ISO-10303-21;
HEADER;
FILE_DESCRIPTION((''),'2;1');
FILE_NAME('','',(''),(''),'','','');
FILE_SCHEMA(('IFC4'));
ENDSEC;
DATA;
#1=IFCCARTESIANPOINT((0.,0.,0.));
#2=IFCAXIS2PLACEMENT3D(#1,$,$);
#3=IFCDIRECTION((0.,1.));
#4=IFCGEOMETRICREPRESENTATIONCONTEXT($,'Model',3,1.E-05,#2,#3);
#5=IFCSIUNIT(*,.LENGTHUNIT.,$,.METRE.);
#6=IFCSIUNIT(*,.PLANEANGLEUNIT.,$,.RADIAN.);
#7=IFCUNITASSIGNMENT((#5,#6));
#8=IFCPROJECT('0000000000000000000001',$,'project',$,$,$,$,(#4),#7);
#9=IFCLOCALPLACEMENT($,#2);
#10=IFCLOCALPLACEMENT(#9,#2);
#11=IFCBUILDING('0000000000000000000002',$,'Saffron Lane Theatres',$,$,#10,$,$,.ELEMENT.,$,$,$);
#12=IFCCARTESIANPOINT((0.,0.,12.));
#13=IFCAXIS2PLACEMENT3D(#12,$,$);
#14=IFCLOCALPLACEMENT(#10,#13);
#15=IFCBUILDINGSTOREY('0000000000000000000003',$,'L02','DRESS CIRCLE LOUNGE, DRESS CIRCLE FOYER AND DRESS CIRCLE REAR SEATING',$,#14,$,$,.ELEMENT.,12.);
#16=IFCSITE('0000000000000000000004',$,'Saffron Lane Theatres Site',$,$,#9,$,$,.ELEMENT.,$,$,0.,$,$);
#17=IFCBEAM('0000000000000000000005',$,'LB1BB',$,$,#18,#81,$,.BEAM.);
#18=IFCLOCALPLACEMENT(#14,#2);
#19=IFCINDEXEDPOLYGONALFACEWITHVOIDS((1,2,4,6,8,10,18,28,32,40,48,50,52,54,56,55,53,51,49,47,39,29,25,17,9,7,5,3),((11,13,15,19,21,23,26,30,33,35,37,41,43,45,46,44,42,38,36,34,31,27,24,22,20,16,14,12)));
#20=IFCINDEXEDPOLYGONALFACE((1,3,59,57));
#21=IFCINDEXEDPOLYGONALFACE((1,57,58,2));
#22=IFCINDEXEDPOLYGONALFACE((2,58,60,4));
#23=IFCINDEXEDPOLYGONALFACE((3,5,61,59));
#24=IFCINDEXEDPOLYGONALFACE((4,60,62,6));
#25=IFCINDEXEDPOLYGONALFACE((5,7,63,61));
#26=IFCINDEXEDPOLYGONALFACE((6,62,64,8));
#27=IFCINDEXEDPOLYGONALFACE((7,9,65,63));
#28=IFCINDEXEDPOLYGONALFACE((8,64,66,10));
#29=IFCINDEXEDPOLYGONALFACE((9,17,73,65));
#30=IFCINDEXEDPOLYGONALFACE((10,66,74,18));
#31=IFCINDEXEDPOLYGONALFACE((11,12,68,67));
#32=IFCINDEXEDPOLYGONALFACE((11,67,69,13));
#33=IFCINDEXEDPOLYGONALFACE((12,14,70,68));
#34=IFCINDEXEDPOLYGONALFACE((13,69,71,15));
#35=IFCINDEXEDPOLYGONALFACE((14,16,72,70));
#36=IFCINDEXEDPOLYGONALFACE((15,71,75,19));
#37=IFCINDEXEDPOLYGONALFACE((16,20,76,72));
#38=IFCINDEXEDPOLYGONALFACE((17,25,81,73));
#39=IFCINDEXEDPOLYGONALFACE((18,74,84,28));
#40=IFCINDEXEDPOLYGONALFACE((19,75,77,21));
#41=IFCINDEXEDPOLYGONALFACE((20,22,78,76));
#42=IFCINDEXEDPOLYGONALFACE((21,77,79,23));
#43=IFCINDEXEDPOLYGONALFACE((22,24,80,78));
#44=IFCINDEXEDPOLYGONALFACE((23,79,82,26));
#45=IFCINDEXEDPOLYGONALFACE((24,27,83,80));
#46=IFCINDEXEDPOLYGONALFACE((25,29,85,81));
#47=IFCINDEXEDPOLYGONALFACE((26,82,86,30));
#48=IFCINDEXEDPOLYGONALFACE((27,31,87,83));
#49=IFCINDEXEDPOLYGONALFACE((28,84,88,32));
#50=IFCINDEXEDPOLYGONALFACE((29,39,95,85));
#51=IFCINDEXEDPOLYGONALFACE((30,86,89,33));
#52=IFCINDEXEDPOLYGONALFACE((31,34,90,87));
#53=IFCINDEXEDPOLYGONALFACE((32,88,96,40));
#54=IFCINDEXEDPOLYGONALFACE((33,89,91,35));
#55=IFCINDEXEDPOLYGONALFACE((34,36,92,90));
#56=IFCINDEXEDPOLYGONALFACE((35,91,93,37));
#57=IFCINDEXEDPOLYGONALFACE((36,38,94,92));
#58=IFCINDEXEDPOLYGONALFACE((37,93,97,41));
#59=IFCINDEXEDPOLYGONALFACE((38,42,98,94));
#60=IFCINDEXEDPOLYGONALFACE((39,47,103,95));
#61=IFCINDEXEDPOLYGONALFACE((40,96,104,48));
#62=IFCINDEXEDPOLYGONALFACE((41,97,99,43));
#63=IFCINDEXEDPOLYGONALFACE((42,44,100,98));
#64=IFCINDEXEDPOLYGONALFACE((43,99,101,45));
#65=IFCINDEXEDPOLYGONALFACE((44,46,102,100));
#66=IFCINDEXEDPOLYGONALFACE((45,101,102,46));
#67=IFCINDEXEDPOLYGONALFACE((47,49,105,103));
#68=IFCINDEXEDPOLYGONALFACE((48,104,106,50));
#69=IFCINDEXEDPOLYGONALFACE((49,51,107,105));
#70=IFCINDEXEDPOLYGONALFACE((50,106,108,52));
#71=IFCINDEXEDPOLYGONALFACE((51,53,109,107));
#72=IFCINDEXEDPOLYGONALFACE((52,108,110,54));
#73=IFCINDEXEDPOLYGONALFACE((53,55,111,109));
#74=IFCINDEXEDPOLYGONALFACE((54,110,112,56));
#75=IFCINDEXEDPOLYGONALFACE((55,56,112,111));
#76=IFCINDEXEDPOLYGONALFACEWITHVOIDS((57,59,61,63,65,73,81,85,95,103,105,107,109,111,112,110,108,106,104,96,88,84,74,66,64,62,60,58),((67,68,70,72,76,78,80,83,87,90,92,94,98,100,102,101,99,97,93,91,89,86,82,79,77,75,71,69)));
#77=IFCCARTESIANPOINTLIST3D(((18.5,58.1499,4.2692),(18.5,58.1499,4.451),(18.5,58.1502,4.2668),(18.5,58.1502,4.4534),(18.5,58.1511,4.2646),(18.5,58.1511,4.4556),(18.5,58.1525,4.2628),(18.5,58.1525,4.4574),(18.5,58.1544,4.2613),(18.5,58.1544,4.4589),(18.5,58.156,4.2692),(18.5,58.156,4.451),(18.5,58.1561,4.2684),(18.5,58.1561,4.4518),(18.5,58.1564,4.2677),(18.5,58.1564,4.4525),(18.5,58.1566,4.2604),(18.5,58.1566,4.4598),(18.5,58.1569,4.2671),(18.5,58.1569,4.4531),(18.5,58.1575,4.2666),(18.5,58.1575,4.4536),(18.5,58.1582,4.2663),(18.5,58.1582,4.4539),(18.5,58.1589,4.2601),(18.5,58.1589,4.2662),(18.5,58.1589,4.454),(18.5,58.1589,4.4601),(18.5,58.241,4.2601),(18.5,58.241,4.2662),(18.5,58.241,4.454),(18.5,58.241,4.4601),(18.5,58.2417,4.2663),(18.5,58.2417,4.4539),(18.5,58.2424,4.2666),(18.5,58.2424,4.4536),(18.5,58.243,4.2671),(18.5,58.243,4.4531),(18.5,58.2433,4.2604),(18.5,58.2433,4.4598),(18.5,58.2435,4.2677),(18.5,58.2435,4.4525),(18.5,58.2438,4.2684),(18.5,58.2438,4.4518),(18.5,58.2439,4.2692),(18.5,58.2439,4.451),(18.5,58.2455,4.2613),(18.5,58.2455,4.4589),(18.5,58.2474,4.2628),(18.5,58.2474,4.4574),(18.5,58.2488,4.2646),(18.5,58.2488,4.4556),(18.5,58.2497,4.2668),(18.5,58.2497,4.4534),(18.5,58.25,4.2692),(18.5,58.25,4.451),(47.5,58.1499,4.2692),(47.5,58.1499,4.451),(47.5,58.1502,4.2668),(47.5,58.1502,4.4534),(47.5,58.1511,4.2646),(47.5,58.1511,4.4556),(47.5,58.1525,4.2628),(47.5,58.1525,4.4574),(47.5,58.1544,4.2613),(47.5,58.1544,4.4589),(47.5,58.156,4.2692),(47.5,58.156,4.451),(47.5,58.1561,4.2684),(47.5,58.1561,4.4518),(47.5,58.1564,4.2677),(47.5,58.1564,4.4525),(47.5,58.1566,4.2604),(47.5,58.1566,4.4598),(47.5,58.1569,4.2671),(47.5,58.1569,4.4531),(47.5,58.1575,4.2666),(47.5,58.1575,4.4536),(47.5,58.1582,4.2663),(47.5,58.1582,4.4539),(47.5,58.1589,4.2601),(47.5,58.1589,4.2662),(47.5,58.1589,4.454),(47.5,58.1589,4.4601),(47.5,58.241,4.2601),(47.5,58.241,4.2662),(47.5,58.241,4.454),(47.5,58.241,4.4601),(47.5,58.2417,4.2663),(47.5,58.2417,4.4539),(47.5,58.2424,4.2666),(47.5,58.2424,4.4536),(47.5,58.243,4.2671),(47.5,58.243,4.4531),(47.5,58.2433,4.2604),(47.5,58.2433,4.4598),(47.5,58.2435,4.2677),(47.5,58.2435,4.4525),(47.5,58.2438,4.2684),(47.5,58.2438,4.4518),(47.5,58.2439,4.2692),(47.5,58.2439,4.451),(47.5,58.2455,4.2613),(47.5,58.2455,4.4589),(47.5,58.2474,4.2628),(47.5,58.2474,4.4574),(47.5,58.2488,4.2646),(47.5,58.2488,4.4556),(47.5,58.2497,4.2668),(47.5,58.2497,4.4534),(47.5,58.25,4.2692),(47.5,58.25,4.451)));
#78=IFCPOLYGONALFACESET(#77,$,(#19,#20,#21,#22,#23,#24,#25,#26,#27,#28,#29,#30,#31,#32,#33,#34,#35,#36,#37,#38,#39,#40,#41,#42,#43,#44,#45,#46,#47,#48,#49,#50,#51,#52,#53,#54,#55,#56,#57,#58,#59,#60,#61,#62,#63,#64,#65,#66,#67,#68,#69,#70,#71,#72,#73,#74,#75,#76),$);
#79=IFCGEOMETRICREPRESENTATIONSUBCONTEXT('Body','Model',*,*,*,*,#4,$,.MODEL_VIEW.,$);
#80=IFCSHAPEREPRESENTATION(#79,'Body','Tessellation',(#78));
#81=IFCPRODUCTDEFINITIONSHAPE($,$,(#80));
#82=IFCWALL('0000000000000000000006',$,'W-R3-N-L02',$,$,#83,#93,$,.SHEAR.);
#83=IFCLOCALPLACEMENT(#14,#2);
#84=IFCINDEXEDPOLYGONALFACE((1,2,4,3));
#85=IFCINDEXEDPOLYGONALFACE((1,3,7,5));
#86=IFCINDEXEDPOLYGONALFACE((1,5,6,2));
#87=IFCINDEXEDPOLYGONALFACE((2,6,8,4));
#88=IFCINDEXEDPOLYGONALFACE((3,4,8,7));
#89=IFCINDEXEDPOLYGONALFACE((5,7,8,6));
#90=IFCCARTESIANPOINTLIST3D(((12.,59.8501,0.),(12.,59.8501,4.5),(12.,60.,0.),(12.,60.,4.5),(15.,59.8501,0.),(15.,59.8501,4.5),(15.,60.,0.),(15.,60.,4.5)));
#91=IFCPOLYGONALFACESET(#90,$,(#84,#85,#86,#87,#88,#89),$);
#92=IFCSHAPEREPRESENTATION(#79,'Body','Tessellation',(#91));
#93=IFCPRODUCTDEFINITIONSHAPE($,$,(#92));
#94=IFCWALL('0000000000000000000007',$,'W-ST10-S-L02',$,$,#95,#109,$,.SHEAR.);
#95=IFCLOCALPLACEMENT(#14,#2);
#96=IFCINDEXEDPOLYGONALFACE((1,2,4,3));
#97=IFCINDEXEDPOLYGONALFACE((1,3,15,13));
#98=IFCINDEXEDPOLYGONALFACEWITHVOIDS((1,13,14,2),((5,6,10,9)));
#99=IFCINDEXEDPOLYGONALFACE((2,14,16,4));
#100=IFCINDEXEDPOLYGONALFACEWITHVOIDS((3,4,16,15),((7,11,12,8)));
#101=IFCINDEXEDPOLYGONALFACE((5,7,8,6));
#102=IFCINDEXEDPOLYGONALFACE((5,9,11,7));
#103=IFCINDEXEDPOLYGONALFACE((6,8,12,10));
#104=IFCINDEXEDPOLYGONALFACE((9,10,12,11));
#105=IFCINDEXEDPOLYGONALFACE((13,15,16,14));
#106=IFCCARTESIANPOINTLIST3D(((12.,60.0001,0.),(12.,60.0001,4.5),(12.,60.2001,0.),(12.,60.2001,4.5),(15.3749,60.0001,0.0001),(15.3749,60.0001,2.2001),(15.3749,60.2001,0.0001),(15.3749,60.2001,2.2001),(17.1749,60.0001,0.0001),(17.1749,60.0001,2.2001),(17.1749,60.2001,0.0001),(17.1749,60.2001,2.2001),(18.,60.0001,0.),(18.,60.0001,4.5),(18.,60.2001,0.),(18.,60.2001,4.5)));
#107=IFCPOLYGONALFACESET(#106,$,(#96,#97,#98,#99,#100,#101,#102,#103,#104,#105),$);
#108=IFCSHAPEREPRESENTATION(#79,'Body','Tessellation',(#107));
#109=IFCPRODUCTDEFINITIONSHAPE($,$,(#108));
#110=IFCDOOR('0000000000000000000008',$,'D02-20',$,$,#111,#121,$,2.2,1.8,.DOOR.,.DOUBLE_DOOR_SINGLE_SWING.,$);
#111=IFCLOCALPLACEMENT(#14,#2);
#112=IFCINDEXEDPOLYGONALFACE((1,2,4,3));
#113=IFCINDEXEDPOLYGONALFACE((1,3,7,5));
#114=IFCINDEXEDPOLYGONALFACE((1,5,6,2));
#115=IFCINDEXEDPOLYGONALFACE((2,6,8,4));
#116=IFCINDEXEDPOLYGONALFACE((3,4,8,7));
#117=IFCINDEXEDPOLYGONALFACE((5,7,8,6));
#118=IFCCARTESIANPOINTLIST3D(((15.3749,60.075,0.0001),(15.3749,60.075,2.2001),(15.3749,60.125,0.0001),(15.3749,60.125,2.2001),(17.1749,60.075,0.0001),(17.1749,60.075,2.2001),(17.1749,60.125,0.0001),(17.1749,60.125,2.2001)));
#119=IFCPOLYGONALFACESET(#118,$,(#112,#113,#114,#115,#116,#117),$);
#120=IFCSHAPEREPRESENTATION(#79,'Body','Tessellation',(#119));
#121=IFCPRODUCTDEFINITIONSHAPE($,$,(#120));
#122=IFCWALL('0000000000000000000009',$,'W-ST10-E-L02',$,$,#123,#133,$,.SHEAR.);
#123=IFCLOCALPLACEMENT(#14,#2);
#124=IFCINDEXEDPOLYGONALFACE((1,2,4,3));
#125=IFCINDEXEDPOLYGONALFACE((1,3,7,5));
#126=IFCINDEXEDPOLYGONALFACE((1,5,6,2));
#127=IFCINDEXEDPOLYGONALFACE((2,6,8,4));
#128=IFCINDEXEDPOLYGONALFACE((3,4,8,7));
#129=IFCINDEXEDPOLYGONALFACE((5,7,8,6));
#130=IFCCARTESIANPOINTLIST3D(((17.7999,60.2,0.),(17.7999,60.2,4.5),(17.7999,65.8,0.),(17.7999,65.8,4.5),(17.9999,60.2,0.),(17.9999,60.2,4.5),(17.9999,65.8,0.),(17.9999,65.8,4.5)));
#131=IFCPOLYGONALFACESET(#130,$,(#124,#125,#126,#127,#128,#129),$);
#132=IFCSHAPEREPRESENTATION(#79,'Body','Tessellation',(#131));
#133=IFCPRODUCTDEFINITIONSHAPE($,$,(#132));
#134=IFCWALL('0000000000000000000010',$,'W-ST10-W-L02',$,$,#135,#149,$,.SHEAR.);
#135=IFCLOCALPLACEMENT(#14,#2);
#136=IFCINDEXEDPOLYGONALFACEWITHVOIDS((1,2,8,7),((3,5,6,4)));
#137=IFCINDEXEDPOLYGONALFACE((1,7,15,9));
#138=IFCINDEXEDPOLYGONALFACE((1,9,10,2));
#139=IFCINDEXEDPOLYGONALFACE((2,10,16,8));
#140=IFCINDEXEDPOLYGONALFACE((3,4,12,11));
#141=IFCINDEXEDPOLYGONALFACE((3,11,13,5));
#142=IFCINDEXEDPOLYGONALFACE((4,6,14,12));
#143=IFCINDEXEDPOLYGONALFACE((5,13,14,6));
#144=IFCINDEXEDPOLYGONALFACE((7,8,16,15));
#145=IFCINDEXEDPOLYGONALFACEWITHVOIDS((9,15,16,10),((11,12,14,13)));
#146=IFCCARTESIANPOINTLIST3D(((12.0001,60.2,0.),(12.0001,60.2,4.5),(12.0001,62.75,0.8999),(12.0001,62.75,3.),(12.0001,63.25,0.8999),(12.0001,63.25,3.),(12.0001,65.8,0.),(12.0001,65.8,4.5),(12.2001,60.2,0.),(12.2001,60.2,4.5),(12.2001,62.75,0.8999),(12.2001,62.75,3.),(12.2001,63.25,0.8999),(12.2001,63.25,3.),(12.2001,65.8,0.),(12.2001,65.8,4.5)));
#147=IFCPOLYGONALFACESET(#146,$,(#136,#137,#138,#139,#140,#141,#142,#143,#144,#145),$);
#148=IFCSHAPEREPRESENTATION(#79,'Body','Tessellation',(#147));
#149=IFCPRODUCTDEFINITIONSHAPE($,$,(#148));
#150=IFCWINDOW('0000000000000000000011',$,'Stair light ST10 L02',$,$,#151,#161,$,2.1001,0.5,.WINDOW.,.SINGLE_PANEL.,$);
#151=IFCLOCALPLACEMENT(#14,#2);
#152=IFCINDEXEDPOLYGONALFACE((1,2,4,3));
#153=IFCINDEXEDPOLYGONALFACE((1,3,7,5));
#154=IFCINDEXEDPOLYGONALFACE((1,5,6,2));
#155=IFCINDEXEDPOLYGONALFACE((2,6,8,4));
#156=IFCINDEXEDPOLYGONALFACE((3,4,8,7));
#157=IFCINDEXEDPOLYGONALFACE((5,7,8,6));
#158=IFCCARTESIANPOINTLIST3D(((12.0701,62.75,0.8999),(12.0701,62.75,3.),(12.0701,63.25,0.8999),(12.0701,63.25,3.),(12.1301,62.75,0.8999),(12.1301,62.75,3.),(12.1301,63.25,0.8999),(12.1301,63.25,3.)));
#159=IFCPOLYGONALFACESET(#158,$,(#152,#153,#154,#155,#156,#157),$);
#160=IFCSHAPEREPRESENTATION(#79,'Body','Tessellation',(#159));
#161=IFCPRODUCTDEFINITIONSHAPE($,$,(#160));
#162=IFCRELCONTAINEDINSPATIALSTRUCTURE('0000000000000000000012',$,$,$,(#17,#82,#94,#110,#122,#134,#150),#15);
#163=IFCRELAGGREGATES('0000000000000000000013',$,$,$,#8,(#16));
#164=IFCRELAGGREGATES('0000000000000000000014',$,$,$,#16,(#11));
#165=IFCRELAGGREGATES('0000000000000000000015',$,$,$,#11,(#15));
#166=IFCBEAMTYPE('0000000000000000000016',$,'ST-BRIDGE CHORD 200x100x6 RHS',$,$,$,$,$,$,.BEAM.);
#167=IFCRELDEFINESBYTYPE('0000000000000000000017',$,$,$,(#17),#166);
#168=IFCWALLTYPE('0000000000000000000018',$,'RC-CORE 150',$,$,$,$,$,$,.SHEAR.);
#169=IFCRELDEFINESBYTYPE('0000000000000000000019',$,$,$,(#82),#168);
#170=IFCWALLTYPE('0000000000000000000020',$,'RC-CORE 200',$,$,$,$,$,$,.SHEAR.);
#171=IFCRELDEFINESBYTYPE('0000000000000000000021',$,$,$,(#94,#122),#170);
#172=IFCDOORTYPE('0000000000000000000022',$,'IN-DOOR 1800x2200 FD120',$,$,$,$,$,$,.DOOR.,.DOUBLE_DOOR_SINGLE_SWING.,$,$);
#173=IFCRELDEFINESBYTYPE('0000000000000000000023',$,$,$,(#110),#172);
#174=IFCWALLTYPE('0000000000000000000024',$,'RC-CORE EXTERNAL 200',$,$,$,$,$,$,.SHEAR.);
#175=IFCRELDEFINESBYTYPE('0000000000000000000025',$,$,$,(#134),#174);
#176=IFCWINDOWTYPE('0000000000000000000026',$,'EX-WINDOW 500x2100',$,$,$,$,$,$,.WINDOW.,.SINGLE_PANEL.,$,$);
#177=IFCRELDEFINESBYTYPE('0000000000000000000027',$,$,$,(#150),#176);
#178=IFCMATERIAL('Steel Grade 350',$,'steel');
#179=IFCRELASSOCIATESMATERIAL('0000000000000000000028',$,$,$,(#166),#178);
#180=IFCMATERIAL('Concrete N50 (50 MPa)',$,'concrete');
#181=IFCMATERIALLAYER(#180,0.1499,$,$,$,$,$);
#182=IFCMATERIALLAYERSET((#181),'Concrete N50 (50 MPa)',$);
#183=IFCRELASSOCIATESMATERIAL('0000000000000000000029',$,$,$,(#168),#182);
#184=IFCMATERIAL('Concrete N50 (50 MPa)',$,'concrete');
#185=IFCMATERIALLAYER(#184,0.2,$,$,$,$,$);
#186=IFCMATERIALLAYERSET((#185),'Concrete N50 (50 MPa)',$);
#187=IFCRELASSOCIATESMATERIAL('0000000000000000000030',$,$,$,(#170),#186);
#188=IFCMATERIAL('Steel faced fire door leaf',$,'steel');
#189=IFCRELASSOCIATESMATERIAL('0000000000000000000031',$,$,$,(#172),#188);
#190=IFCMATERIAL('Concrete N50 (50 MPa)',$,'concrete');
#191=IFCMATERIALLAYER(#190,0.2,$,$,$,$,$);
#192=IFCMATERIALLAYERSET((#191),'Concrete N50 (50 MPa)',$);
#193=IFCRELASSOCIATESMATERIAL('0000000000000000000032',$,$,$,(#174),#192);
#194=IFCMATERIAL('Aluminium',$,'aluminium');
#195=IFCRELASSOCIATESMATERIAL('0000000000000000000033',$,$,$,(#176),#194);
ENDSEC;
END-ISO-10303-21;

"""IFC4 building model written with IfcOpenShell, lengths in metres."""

from ifc_helpers import new_model, si_unit, direction, frame, frame_2d, origin, origin_2d, place, context, subcontext, project, spatial, rectangle, hollow_rectangle, extrude, material, layer, layer_set, material_profile, profile_set, type_object, element, fill, save


model = new_model("IFC4")

# Units and contexts
model_context = context("Model", 3, precision=1e-05, world=origin(), true_north=direction((0.0, 1.0)))
body_context = subcontext(model_context, "Body", "Model", "MODEL_VIEW")
ifc_project = project(units=[si_unit("LENGTHUNIT", "METRE"), si_unit("PLANEANGLEUNIT", "RADIAN")], contexts=[model_context])

# Site, building, storey
site_placement = place(None, origin())
site = spatial("IfcSite", under=ifc_project, at=site_placement, Name="Saffron Lane Theatres Site", CompositionType="ELEMENT", RefElevation=0.0)
building_placement = place(site_placement, origin())
building = spatial("IfcBuilding", under=site, at=building_placement, Name="Saffron Lane Theatres", CompositionType="ELEMENT")
storey_placement = place(building_placement, frame((0.0, 0.0, 12.0)))
storey = spatial("IfcBuildingStorey", under=building, at=storey_placement, Name="L02", Description="DRESS CIRCLE LOUNGE, DRESS CIRCLE FOYER AND DRESS CIRCLE REAR SEATING", CompositionType="ELEMENT", Elevation=12.0)

# Beam
ifc_material_1 = material(Name="Steel Grade 350", Category="steel")
ifc_material_profile_1 = material_profile(ifc_material_1, hollow_rectangle(XDim=0.1001, YDim=0.2, WallThickness=0.0061, InnerFilletRadius=0.0029, OuterFilletRadius=0.009, at=origin_2d()))
ifc_profile_set_1 = profile_set([ifc_material_profile_1], Name="Steel Grade 350")
beam_type = type_object("IfcBeamType", Name="ST-BRIDGE CHORD 200x100x6 RHS", PredefinedType="BEAM", material=ifc_profile_set_1)
beam_placement = place(storey_placement, frame((18.5, 58.2, 4.3601), z_axis=(1.0, 0.0, 0.0), x_axis=(0.0, 1.0, 0.0)))
element("IfcBeam", 1, at=beam_placement, inside=storey, type_object=beam_type, Name="LB1BB", PredefinedType="BEAM", context=body_context, shape_type="SweptSolid", body=[
    extrude(hollow_rectangle(XDim=0.1001, YDim=0.2, WallThickness=0.0061, InnerFilletRadius=0.0029, OuterFilletRadius=0.009, at=origin_2d()), origin(), (0.0, 0.0, 1.0), 29.0),
])

# Wall
ifc_material_2 = material(Name="Concrete N50 (50 MPa)", Category="concrete")
ifc_layer_1 = layer(ifc_material_2, 0.1499)
ifc_layer_set_1 = layer_set([ifc_layer_1], Name="Concrete N50 (50 MPa)")
wall_type_1 = type_object("IfcWallType", Name="RC-CORE 150", PredefinedType="SHEAR", material=ifc_layer_set_1)
wall_1_placement = place(storey_placement, frame((12.0, 59.925, 0.0), z_axis=(0.0, 0.0, 1.0), x_axis=(1.0, 0.0, 0.0)))
element("IfcWall", 2, at=wall_1_placement, inside=storey, type_object=wall_type_1, Name="W-R3-N-L02", PredefinedType="SHEAR", context=body_context, shape_type="SweptSolid", body=[
    extrude(rectangle(XDim=3.0, YDim=0.1499, at=frame_2d((1.5, 0.0))), origin(), (0.0, 0.0, 1.0), 4.5),
])

# Wall, opening, door
ifc_material_3 = material(Name="Concrete N50 (50 MPa)", Category="concrete")
ifc_layer_2 = layer(ifc_material_3, 0.2)
ifc_layer_set_2 = layer_set([ifc_layer_2], Name="Concrete N50 (50 MPa)")
wall_type_2 = type_object("IfcWallType", Name="RC-CORE 200", PredefinedType="SHEAR", material=ifc_layer_set_2)
wall_2_placement = place(storey_placement, frame((12.0, 60.1001, 0.0), z_axis=(0.0, 0.0, 1.0), x_axis=(1.0, 0.0, 0.0)))
wall_2 = element("IfcWall", 3, at=wall_2_placement, inside=storey, type_object=wall_type_2, Name="W-ST10-S-L02", PredefinedType="SHEAR", context=body_context, shape_type="SweptSolid", body=[
    extrude(rectangle(XDim=6.0, YDim=0.2, at=frame_2d((3.0, 0.0))), origin(), (0.0, 0.0, 1.0), 4.5),
])
opening_1_placement = place(wall_2_placement, frame((3.375, 0.0, 0.0)))
opening_1 = element("IfcOpeningElement", 4, at=opening_1_placement, cuts=wall_2, PredefinedType="OPENING", context=body_context, shape_type="SweptSolid", body=[
    extrude(rectangle(XDim=1.8, YDim=2.2, at=frame_2d((0.8999, 1.1001))), frame((0.0, 0.1099, 0.0), z_axis=(0.0, -1.0, 0.0), x_axis=(1.0, 0.0, 0.0)), (0.0, 0.0, 1.0), 0.22),
])
ifc_material_4 = material(Name="Steel faced fire door leaf", Category="steel")
door_type = type_object("IfcDoorType", Name="IN-DOOR 1800x2200 FD120", OperationType="DOUBLE_DOOR_SINGLE_SWING", PredefinedType="DOOR", material=ifc_material_4)
door_placement = place(opening_1_placement, origin())
door = element("IfcDoor", 5, at=door_placement, inside=storey, type_object=door_type, Name="D02-20", OperationType="DOUBLE_DOOR_SINGLE_SWING", OverallHeight=2.2, OverallWidth=1.8, PredefinedType="DOOR", context=body_context, shape_type="SweptSolid", body=[
    extrude(rectangle(XDim=1.8, YDim=2.2, at=frame_2d((0.8999, 1.1001))), frame((0.0, 0.0249, 0.0), z_axis=(0.0, -1.0, 0.0), x_axis=(1.0, 0.0, 0.0)), (0.0, 0.0, 1.0), 0.05),
])
fill(opening_1, door)

# Wall
wall_3_placement = place(storey_placement, frame((17.8999, 60.2, 0.0), z_axis=(0.0, 0.0, 1.0), x_axis=(0.0, 1.0, 0.0)))
element("IfcWall", 6, at=wall_3_placement, inside=storey, type_object=wall_type_2, Name="W-ST10-E-L02", PredefinedType="SHEAR", context=body_context, shape_type="SweptSolid", body=[
    extrude(rectangle(XDim=5.6001, YDim=0.2, at=frame_2d((2.8, 0.0))), origin(), (0.0, 0.0, 1.0), 4.5),
])

# Wall, opening, window
ifc_material_5 = material(Name="Concrete N50 (50 MPa)", Category="concrete")
ifc_layer_3 = layer(ifc_material_5, 0.2)
ifc_layer_set_3 = layer_set([ifc_layer_3], Name="Concrete N50 (50 MPa)")
wall_type_3 = type_object("IfcWallType", Name="RC-CORE EXTERNAL 200", PredefinedType="SHEAR", material=ifc_layer_set_3)
wall_4_placement = place(storey_placement, frame((12.1001, 60.2, 0.0), z_axis=(0.0, 0.0, 1.0), x_axis=(0.0, 1.0, 0.0)))
wall_4 = element("IfcWall", 7, at=wall_4_placement, inside=storey, type_object=wall_type_3, Name="W-ST10-W-L02", PredefinedType="SHEAR", context=body_context, shape_type="SweptSolid", body=[
    extrude(rectangle(XDim=5.6001, YDim=0.2, at=frame_2d((2.8, 0.0))), origin(), (0.0, 0.0, 1.0), 4.5),
])
opening_2_placement = place(wall_4_placement, frame((2.55, 0.0, 0.8999)))
opening_2 = element("IfcOpeningElement", 8, at=opening_2_placement, cuts=wall_4, PredefinedType="OPENING", context=body_context, shape_type="SweptSolid", body=[
    extrude(rectangle(XDim=0.5, YDim=2.1001, at=frame_2d((0.25, 1.05))), frame((0.0, 0.1099, 0.0), z_axis=(0.0, -1.0, 0.0), x_axis=(1.0, 0.0, 0.0)), (0.0, 0.0, 1.0), 0.22),
])
ifc_material_6 = material(Name="Aluminium", Category="aluminium")
window_type = type_object("IfcWindowType", Name="EX-WINDOW 500x2100", PartitioningType="SINGLE_PANEL", PredefinedType="WINDOW", material=ifc_material_6)
window_placement = place(opening_2_placement, origin())
window = element("IfcWindow", 9, at=window_placement, inside=storey, type_object=window_type, Name="Stair light ST10 L02", OverallHeight=2.1001, OverallWidth=0.5, PartitioningType="SINGLE_PANEL", PredefinedType="WINDOW", context=body_context, shape_type="SweptSolid", body=[
    extrude(rectangle(XDim=0.5, YDim=2.1001, at=frame_2d((0.25, 1.05))), frame((0.0, 0.03, 0.0), z_axis=(0.0, -1.0, 0.0), x_axis=(1.0, 0.0, 0.0)), (0.0, 0.0, 1.0), 0.0601),
])
fill(opening_2, window)

save(model, "model.ifc")
